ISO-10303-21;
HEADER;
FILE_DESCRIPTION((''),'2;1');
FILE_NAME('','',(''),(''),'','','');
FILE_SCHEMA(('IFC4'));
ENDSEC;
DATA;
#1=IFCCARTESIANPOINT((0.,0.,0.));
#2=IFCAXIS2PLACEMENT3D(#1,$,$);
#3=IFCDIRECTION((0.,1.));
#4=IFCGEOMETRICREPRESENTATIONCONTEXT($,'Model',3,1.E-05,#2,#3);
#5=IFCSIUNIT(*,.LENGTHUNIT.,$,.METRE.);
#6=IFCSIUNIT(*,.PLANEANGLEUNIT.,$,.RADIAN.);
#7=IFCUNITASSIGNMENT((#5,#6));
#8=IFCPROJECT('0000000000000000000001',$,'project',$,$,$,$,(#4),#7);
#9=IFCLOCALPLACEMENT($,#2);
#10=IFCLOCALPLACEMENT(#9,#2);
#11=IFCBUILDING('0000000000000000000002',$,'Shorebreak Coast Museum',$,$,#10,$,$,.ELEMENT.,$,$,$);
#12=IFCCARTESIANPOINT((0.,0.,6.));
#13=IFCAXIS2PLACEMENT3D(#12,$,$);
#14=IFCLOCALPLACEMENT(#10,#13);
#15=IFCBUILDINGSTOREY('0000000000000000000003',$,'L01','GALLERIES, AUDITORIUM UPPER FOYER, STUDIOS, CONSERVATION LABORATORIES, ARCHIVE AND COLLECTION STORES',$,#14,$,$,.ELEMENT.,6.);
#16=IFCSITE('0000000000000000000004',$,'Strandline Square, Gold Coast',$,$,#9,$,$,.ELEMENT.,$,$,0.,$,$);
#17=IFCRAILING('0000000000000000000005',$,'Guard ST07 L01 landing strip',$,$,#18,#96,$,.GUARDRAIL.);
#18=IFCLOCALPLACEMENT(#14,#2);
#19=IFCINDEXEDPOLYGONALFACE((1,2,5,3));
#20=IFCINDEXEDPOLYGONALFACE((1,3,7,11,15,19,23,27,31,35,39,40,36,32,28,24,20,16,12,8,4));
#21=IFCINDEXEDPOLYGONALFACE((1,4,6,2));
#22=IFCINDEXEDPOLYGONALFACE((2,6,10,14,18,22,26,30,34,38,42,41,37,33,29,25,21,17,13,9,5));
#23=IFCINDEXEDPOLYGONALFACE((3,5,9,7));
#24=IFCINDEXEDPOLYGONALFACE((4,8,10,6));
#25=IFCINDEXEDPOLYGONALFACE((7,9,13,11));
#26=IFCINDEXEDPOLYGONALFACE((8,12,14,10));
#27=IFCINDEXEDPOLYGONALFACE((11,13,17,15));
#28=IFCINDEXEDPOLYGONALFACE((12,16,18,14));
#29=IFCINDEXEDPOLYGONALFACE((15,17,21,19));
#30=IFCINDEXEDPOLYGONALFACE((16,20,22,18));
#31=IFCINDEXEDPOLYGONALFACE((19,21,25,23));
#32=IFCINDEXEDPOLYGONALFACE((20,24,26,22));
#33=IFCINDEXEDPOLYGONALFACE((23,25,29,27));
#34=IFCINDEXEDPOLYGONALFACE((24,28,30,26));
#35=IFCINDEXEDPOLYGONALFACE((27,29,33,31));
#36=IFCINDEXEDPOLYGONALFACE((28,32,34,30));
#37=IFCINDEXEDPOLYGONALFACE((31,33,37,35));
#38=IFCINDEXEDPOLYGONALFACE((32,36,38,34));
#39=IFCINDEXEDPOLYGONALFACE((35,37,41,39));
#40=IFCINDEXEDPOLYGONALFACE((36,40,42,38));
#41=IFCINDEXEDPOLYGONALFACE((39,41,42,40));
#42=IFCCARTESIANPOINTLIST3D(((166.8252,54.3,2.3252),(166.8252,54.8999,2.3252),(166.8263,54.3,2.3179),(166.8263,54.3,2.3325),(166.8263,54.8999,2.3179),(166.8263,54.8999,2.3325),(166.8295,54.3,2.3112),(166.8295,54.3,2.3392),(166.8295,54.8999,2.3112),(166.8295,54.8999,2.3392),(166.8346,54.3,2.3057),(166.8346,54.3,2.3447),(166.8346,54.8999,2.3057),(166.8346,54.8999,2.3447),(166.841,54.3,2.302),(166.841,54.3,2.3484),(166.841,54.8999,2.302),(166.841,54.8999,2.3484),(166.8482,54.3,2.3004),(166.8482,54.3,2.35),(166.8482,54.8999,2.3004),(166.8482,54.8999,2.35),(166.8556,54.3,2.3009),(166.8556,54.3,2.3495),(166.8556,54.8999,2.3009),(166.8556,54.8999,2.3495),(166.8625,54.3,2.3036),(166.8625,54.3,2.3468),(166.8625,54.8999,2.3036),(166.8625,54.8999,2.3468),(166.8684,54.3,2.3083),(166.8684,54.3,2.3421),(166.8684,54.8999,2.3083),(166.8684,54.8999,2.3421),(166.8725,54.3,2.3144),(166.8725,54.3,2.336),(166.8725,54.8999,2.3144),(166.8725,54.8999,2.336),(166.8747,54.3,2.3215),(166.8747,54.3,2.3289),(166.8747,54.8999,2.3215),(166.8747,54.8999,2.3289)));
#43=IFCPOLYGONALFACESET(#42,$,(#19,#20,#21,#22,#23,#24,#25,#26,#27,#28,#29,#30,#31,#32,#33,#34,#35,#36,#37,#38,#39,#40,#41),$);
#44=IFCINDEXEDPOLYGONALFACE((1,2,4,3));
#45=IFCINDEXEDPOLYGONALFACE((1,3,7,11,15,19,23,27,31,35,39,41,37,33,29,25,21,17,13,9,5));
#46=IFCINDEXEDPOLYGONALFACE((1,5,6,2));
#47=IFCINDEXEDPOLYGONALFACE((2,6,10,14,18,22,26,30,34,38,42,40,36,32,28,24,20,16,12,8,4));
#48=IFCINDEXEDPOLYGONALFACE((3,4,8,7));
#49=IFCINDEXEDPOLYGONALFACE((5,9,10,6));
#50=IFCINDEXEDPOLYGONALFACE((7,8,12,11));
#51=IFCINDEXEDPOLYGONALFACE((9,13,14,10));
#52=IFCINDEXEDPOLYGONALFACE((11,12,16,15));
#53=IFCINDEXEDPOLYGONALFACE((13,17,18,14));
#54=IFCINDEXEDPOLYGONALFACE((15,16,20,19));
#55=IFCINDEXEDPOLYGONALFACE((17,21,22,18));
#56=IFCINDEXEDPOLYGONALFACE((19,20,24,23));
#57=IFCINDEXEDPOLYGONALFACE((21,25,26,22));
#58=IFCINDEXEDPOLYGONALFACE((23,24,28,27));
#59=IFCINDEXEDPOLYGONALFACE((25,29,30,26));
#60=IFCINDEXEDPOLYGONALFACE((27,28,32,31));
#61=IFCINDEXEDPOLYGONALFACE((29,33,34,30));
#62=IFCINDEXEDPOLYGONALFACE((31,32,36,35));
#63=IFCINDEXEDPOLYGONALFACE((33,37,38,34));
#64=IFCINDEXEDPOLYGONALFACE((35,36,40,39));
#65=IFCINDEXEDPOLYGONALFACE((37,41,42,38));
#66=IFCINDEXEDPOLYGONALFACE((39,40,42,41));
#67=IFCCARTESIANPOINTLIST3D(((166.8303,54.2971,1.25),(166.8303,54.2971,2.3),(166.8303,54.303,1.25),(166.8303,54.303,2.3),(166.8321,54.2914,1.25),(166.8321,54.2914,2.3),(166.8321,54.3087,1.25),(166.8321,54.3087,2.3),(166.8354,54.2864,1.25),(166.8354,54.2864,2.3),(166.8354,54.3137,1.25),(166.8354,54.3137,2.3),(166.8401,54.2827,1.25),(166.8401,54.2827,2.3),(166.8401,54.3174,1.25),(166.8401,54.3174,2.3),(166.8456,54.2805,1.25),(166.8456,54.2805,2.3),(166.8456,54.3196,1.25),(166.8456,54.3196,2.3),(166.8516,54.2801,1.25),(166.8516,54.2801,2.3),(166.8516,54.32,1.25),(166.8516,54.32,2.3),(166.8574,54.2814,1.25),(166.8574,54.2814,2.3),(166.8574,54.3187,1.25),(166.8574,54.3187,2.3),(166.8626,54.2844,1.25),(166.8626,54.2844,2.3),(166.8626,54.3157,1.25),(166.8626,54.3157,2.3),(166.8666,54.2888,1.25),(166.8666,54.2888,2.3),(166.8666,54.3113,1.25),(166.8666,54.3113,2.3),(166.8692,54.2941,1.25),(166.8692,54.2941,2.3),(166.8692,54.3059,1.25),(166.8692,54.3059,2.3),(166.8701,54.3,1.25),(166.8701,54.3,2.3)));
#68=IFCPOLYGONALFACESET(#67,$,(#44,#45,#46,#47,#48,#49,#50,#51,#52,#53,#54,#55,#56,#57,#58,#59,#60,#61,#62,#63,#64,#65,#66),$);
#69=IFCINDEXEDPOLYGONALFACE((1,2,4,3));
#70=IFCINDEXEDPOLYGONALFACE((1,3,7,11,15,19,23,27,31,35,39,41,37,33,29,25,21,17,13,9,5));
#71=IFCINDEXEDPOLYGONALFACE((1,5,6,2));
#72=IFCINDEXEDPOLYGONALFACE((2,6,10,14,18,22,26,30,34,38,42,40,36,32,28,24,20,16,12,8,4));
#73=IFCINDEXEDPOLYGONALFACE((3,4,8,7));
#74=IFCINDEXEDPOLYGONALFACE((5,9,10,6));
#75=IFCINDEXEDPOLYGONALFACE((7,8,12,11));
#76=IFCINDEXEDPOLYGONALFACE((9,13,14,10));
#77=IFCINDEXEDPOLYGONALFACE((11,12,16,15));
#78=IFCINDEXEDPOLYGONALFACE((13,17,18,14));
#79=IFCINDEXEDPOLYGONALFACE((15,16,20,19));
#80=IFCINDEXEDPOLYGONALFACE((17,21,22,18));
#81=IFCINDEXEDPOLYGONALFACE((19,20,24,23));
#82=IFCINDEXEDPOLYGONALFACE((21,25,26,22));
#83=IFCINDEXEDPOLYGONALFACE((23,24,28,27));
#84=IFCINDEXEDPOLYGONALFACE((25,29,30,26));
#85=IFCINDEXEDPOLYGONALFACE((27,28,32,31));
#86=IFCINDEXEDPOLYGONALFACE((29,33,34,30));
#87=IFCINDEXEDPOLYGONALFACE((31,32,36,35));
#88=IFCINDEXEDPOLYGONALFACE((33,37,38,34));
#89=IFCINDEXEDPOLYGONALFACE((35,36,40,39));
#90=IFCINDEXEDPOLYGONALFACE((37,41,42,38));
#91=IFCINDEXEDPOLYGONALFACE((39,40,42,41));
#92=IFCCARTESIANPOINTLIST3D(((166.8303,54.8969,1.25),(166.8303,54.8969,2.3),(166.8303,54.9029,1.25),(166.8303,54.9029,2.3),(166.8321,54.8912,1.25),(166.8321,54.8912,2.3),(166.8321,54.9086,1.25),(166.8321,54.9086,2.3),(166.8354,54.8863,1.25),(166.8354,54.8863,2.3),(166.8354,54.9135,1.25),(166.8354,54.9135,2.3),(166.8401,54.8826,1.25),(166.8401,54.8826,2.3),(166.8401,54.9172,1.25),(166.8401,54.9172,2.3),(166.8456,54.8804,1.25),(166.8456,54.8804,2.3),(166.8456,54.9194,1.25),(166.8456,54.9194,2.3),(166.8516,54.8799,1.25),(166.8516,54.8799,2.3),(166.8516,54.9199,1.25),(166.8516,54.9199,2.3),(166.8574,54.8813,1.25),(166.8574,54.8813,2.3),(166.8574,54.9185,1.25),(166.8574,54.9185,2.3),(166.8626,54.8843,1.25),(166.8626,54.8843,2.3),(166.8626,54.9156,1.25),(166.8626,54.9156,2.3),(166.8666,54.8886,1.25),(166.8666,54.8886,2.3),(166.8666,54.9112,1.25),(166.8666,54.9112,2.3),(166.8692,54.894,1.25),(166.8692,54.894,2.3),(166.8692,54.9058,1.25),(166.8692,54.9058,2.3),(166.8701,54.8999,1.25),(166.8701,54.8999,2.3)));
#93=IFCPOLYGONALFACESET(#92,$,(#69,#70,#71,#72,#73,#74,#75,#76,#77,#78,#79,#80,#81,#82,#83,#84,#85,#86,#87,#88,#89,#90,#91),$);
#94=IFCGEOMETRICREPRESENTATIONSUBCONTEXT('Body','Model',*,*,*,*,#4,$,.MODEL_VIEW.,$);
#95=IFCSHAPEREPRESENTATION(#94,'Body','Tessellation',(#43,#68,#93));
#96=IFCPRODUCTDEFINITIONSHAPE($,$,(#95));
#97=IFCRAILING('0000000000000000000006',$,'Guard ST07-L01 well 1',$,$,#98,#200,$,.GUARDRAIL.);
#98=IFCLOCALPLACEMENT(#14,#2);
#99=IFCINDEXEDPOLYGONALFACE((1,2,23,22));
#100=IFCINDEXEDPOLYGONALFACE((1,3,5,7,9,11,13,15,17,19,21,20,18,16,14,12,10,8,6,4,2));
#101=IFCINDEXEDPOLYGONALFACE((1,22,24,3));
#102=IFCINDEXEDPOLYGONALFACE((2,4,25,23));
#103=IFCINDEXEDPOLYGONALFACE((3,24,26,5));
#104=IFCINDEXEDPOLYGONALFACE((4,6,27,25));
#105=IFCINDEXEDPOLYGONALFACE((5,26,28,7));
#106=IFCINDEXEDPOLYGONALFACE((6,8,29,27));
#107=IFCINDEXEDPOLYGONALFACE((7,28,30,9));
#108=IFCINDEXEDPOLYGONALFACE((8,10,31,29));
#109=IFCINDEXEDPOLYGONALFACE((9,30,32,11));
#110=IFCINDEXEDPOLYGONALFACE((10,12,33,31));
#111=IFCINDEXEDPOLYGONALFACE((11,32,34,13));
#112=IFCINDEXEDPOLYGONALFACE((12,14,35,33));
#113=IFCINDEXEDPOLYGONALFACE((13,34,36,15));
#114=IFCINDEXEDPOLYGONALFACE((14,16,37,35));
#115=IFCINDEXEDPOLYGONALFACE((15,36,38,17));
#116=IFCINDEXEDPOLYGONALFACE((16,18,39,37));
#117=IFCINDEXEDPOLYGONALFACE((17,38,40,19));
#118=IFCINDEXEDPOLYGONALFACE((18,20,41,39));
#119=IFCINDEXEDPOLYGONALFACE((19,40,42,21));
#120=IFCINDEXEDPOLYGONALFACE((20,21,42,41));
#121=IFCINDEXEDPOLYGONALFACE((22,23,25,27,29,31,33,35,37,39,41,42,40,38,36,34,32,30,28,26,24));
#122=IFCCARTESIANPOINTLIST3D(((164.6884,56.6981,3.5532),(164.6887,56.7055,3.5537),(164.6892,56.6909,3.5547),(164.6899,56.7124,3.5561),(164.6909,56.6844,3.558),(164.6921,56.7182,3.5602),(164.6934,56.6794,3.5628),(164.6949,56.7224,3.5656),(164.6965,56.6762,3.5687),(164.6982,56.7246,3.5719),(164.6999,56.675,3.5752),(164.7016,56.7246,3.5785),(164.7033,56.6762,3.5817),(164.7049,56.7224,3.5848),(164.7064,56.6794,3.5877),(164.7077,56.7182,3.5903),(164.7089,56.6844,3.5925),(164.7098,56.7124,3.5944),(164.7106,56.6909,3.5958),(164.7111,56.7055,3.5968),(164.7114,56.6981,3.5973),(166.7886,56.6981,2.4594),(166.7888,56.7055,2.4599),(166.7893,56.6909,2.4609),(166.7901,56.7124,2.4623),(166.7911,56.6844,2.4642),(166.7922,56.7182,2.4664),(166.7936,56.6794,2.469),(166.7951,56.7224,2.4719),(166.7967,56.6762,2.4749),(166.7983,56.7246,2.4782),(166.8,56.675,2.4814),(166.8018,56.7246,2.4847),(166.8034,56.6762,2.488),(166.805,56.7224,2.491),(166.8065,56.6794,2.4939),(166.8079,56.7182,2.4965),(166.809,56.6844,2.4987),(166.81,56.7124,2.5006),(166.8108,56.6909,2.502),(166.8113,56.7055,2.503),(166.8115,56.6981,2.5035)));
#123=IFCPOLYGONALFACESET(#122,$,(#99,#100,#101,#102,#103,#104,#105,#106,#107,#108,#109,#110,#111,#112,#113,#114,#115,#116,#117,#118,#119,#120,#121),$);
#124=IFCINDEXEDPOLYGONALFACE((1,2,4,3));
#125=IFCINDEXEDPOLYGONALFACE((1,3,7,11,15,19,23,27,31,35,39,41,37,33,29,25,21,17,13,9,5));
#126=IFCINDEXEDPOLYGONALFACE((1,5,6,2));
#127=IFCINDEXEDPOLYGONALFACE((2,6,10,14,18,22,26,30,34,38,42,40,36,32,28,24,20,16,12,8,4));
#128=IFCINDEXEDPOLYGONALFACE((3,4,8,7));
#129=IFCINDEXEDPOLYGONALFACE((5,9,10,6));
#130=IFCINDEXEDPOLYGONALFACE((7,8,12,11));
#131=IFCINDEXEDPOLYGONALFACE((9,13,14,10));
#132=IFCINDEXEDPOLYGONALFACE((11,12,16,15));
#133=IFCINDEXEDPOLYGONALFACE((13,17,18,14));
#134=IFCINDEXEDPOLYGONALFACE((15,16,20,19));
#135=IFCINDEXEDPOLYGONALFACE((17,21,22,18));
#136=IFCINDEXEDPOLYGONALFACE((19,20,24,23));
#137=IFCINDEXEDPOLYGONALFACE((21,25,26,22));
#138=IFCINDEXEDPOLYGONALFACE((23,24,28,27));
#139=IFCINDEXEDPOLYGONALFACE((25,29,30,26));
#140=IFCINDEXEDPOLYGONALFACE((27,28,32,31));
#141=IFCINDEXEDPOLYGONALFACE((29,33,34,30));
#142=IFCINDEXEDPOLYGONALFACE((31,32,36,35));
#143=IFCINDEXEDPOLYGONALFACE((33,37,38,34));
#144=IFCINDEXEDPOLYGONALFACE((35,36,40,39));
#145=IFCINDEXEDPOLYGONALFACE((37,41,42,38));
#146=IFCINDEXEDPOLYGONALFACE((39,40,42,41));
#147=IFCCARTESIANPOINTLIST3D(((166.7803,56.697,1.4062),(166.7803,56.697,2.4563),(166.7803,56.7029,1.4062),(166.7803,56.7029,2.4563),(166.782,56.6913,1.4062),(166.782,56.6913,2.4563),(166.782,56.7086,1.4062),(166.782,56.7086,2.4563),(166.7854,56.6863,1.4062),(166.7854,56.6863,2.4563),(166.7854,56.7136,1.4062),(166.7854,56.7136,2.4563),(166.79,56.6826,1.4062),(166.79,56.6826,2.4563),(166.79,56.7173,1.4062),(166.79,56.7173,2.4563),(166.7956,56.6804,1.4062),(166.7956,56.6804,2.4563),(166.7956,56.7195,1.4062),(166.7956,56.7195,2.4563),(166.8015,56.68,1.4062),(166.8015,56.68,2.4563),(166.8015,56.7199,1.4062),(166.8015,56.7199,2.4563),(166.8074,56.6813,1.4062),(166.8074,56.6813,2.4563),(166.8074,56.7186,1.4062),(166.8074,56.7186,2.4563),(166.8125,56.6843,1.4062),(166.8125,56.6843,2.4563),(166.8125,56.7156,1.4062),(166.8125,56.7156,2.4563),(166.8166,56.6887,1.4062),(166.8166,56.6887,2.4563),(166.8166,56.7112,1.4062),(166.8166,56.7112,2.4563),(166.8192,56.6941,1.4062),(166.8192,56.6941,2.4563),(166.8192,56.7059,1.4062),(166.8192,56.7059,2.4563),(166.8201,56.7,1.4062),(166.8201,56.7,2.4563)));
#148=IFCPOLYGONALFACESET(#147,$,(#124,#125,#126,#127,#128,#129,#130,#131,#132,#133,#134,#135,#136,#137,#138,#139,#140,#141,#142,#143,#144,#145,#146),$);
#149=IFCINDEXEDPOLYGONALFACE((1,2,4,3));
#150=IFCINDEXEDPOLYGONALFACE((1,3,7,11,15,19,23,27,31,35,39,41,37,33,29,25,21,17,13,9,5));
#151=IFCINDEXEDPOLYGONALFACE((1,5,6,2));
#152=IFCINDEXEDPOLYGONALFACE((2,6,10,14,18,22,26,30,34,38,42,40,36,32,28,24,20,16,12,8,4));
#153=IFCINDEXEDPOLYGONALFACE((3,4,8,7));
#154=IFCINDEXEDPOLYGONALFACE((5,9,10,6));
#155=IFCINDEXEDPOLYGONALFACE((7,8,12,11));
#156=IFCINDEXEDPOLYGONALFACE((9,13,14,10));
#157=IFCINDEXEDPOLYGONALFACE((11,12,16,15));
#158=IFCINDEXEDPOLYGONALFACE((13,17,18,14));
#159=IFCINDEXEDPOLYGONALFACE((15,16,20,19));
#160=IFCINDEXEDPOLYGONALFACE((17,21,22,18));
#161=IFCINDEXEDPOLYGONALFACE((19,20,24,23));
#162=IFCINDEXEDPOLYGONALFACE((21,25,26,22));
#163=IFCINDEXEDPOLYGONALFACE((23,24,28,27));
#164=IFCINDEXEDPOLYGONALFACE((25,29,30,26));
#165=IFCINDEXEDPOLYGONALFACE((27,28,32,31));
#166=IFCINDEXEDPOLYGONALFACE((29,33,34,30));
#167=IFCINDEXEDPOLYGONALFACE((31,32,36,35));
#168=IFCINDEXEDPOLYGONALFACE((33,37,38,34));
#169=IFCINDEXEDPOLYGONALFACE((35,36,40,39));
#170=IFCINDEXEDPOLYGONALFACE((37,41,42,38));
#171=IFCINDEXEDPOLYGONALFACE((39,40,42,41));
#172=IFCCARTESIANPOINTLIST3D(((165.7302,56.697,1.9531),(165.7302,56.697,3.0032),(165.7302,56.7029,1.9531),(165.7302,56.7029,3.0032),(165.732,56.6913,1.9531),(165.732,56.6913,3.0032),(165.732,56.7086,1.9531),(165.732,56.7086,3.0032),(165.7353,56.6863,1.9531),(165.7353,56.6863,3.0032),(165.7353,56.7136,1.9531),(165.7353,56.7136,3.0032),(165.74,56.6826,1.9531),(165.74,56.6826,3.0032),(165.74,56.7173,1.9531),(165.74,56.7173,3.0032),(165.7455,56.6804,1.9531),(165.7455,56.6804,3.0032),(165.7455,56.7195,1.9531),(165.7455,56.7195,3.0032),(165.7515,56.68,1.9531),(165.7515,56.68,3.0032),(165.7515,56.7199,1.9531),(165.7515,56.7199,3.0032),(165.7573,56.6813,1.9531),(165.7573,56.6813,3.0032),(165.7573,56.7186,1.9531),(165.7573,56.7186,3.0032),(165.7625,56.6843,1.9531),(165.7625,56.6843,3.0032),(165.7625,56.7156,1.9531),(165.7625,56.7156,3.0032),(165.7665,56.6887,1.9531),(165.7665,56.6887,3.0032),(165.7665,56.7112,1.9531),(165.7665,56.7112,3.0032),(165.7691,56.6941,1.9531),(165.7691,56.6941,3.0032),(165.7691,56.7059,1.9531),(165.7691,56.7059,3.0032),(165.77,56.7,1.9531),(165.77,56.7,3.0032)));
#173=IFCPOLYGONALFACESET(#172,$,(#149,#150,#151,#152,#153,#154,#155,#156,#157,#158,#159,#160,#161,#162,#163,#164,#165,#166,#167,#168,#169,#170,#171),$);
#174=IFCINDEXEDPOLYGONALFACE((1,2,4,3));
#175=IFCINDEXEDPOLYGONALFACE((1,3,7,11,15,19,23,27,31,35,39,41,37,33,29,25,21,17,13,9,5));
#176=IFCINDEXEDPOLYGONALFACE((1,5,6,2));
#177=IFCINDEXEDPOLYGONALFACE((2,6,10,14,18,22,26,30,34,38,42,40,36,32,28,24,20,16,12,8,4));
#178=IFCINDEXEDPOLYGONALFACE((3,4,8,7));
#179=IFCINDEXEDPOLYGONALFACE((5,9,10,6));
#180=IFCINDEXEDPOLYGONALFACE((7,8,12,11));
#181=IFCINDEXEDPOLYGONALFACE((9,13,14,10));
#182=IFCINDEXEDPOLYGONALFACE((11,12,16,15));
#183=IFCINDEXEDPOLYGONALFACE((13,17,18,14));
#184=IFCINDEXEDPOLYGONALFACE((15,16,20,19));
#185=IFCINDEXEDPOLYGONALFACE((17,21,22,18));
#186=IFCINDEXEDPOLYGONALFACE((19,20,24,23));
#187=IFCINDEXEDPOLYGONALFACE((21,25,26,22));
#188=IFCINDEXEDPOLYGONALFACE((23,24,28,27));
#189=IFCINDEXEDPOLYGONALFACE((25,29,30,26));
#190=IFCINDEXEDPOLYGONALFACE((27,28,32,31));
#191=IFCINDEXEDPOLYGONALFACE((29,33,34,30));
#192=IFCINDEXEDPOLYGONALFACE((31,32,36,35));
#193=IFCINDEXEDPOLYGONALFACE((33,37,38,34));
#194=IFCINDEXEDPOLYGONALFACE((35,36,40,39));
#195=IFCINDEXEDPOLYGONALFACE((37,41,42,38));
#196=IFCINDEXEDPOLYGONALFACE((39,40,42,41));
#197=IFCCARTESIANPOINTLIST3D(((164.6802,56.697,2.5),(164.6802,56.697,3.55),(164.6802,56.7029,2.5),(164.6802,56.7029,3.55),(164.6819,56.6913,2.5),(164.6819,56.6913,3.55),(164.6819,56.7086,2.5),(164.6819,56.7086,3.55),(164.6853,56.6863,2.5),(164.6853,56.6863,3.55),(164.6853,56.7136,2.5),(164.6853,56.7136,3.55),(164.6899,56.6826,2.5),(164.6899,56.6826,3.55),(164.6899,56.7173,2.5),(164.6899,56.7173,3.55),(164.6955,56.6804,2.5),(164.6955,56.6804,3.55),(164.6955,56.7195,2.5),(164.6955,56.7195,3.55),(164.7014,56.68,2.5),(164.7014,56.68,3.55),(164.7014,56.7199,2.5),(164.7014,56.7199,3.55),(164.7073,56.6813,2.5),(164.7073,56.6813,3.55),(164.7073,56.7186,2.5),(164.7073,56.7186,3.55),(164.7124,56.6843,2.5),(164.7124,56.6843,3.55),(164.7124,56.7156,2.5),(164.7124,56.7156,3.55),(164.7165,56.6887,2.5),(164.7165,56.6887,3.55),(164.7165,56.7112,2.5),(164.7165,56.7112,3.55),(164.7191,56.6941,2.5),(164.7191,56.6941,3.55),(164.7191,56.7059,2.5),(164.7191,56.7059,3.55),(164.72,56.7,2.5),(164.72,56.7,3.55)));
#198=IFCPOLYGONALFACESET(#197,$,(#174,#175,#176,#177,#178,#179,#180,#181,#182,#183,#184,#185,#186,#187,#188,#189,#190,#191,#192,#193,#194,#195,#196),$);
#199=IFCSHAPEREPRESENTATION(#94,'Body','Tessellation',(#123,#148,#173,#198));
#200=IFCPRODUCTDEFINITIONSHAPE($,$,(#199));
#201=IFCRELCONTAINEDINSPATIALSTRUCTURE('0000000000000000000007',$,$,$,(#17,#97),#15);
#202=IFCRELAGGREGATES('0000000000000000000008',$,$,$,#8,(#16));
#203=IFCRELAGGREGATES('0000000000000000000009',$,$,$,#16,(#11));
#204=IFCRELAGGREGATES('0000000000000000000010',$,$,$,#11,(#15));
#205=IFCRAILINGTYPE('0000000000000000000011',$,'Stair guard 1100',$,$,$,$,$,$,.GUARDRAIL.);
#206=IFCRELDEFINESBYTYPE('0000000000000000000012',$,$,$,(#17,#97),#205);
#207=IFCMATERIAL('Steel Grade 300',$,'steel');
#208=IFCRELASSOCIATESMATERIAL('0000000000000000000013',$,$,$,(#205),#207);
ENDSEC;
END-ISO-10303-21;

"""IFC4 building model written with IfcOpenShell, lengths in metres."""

from ifc_helpers import new_model, si_unit, direction, frame, origin, origin_2d, place, context, subcontext, project, spatial, circle, extrude, material, type_object, element, save


model = new_model("IFC4")

# Units and contexts
model_context = context("Model", 3, precision=1e-05, world=origin(), true_north=direction((0.0, 1.0)))
body_context = subcontext(model_context, "Body", "Model", "MODEL_VIEW")
ifc_project = project(units=[si_unit("LENGTHUNIT", "METRE"), si_unit("PLANEANGLEUNIT", "RADIAN")], contexts=[model_context])

# Site, building, storey
site_placement = place(None, origin())
site = spatial("IfcSite", under=ifc_project, at=site_placement, Name="Strandline Square, Gold Coast", CompositionType="ELEMENT", RefElevation=0.0)
building_placement = place(site_placement, origin())
building = spatial("IfcBuilding", under=site, at=building_placement, Name="Shorebreak Coast Museum", CompositionType="ELEMENT")
storey_placement = place(building_placement, frame((0.0, 0.0, 6.0)))
storey = spatial("IfcBuildingStorey", under=building, at=storey_placement, Name="L01", Description="GALLERIES, AUDITORIUM UPPER FOYER, STUDIOS, CONSERVATION LABORATORIES, ARCHIVE AND COLLECTION STORES", CompositionType="ELEMENT", Elevation=6.0)

# Railings
ifc_material_1 = material(Name="Steel Grade 300", Category="steel")
railing_type_1 = type_object("IfcRailingType", Name="Stair guard 1100", PredefinedType="GUARDRAIL", material=ifc_material_1)
for number, where, name in (
    (1, (166.8501, 54.3, 1.25), "Guard ST07 L01 landing strip"),
):
    element("IfcRailing", number, at=place(storey_placement, frame(where)), inside=storey, type_object=railing_type_1, Name=name, PredefinedType="GUARDRAIL", context=body_context, shape_type="SweptSolid", body=[
        extrude(circle(Radius=0.0249, at=origin_2d()), frame((0.0, 0.0, 1.0752), z_axis=(0.0, 1.0, 0.0), x_axis=(-1.0, 0.0, 0.0)), (0.0, 0.0, 1.0), 0.5999),
        extrude(circle(Radius=0.02, at=origin_2d()), origin(), (0.0, 0.0, 1.0), 1.05),
        extrude(circle(Radius=0.02, at=origin_2d()), frame((0.0, 0.5999, 0.0)), (0.0, 0.0, 1.0), 1.05),
    ])
for number, where, name in (
    (2, (166.8, 56.7, 1.4062), "Guard ST07-L01 well 1"),
):
    element("IfcRailing", number, at=place(storey_placement, frame(where)), inside=storey, type_object=railing_type_1, Name=name, PredefinedType="GUARDRAIL", context=body_context, shape_type="SweptSolid", body=[
        extrude(circle(Radius=0.0249, at=origin_2d()), frame((0.0, 0.0, 1.0752), z_axis=(-0.886923, 0.0, 0.461918), x_axis=(0.0, -1.0, 0.0)), (0.0, 0.0, 1.0), 2.3679),
        extrude(circle(Radius=0.02, at=origin_2d()), origin(), (0.0, 0.0, 1.0), 1.05),
        extrude(circle(Radius=0.02, at=origin_2d()), frame((-1.05, 0.0, 0.5469)), (0.0, 0.0, 1.0), 1.05),
        extrude(circle(Radius=0.02, at=origin_2d()), frame((-2.1001, 0.0, 1.0938)), (0.0, 0.0, 1.0), 1.05),
    ])

save(model, "model.ifc")
